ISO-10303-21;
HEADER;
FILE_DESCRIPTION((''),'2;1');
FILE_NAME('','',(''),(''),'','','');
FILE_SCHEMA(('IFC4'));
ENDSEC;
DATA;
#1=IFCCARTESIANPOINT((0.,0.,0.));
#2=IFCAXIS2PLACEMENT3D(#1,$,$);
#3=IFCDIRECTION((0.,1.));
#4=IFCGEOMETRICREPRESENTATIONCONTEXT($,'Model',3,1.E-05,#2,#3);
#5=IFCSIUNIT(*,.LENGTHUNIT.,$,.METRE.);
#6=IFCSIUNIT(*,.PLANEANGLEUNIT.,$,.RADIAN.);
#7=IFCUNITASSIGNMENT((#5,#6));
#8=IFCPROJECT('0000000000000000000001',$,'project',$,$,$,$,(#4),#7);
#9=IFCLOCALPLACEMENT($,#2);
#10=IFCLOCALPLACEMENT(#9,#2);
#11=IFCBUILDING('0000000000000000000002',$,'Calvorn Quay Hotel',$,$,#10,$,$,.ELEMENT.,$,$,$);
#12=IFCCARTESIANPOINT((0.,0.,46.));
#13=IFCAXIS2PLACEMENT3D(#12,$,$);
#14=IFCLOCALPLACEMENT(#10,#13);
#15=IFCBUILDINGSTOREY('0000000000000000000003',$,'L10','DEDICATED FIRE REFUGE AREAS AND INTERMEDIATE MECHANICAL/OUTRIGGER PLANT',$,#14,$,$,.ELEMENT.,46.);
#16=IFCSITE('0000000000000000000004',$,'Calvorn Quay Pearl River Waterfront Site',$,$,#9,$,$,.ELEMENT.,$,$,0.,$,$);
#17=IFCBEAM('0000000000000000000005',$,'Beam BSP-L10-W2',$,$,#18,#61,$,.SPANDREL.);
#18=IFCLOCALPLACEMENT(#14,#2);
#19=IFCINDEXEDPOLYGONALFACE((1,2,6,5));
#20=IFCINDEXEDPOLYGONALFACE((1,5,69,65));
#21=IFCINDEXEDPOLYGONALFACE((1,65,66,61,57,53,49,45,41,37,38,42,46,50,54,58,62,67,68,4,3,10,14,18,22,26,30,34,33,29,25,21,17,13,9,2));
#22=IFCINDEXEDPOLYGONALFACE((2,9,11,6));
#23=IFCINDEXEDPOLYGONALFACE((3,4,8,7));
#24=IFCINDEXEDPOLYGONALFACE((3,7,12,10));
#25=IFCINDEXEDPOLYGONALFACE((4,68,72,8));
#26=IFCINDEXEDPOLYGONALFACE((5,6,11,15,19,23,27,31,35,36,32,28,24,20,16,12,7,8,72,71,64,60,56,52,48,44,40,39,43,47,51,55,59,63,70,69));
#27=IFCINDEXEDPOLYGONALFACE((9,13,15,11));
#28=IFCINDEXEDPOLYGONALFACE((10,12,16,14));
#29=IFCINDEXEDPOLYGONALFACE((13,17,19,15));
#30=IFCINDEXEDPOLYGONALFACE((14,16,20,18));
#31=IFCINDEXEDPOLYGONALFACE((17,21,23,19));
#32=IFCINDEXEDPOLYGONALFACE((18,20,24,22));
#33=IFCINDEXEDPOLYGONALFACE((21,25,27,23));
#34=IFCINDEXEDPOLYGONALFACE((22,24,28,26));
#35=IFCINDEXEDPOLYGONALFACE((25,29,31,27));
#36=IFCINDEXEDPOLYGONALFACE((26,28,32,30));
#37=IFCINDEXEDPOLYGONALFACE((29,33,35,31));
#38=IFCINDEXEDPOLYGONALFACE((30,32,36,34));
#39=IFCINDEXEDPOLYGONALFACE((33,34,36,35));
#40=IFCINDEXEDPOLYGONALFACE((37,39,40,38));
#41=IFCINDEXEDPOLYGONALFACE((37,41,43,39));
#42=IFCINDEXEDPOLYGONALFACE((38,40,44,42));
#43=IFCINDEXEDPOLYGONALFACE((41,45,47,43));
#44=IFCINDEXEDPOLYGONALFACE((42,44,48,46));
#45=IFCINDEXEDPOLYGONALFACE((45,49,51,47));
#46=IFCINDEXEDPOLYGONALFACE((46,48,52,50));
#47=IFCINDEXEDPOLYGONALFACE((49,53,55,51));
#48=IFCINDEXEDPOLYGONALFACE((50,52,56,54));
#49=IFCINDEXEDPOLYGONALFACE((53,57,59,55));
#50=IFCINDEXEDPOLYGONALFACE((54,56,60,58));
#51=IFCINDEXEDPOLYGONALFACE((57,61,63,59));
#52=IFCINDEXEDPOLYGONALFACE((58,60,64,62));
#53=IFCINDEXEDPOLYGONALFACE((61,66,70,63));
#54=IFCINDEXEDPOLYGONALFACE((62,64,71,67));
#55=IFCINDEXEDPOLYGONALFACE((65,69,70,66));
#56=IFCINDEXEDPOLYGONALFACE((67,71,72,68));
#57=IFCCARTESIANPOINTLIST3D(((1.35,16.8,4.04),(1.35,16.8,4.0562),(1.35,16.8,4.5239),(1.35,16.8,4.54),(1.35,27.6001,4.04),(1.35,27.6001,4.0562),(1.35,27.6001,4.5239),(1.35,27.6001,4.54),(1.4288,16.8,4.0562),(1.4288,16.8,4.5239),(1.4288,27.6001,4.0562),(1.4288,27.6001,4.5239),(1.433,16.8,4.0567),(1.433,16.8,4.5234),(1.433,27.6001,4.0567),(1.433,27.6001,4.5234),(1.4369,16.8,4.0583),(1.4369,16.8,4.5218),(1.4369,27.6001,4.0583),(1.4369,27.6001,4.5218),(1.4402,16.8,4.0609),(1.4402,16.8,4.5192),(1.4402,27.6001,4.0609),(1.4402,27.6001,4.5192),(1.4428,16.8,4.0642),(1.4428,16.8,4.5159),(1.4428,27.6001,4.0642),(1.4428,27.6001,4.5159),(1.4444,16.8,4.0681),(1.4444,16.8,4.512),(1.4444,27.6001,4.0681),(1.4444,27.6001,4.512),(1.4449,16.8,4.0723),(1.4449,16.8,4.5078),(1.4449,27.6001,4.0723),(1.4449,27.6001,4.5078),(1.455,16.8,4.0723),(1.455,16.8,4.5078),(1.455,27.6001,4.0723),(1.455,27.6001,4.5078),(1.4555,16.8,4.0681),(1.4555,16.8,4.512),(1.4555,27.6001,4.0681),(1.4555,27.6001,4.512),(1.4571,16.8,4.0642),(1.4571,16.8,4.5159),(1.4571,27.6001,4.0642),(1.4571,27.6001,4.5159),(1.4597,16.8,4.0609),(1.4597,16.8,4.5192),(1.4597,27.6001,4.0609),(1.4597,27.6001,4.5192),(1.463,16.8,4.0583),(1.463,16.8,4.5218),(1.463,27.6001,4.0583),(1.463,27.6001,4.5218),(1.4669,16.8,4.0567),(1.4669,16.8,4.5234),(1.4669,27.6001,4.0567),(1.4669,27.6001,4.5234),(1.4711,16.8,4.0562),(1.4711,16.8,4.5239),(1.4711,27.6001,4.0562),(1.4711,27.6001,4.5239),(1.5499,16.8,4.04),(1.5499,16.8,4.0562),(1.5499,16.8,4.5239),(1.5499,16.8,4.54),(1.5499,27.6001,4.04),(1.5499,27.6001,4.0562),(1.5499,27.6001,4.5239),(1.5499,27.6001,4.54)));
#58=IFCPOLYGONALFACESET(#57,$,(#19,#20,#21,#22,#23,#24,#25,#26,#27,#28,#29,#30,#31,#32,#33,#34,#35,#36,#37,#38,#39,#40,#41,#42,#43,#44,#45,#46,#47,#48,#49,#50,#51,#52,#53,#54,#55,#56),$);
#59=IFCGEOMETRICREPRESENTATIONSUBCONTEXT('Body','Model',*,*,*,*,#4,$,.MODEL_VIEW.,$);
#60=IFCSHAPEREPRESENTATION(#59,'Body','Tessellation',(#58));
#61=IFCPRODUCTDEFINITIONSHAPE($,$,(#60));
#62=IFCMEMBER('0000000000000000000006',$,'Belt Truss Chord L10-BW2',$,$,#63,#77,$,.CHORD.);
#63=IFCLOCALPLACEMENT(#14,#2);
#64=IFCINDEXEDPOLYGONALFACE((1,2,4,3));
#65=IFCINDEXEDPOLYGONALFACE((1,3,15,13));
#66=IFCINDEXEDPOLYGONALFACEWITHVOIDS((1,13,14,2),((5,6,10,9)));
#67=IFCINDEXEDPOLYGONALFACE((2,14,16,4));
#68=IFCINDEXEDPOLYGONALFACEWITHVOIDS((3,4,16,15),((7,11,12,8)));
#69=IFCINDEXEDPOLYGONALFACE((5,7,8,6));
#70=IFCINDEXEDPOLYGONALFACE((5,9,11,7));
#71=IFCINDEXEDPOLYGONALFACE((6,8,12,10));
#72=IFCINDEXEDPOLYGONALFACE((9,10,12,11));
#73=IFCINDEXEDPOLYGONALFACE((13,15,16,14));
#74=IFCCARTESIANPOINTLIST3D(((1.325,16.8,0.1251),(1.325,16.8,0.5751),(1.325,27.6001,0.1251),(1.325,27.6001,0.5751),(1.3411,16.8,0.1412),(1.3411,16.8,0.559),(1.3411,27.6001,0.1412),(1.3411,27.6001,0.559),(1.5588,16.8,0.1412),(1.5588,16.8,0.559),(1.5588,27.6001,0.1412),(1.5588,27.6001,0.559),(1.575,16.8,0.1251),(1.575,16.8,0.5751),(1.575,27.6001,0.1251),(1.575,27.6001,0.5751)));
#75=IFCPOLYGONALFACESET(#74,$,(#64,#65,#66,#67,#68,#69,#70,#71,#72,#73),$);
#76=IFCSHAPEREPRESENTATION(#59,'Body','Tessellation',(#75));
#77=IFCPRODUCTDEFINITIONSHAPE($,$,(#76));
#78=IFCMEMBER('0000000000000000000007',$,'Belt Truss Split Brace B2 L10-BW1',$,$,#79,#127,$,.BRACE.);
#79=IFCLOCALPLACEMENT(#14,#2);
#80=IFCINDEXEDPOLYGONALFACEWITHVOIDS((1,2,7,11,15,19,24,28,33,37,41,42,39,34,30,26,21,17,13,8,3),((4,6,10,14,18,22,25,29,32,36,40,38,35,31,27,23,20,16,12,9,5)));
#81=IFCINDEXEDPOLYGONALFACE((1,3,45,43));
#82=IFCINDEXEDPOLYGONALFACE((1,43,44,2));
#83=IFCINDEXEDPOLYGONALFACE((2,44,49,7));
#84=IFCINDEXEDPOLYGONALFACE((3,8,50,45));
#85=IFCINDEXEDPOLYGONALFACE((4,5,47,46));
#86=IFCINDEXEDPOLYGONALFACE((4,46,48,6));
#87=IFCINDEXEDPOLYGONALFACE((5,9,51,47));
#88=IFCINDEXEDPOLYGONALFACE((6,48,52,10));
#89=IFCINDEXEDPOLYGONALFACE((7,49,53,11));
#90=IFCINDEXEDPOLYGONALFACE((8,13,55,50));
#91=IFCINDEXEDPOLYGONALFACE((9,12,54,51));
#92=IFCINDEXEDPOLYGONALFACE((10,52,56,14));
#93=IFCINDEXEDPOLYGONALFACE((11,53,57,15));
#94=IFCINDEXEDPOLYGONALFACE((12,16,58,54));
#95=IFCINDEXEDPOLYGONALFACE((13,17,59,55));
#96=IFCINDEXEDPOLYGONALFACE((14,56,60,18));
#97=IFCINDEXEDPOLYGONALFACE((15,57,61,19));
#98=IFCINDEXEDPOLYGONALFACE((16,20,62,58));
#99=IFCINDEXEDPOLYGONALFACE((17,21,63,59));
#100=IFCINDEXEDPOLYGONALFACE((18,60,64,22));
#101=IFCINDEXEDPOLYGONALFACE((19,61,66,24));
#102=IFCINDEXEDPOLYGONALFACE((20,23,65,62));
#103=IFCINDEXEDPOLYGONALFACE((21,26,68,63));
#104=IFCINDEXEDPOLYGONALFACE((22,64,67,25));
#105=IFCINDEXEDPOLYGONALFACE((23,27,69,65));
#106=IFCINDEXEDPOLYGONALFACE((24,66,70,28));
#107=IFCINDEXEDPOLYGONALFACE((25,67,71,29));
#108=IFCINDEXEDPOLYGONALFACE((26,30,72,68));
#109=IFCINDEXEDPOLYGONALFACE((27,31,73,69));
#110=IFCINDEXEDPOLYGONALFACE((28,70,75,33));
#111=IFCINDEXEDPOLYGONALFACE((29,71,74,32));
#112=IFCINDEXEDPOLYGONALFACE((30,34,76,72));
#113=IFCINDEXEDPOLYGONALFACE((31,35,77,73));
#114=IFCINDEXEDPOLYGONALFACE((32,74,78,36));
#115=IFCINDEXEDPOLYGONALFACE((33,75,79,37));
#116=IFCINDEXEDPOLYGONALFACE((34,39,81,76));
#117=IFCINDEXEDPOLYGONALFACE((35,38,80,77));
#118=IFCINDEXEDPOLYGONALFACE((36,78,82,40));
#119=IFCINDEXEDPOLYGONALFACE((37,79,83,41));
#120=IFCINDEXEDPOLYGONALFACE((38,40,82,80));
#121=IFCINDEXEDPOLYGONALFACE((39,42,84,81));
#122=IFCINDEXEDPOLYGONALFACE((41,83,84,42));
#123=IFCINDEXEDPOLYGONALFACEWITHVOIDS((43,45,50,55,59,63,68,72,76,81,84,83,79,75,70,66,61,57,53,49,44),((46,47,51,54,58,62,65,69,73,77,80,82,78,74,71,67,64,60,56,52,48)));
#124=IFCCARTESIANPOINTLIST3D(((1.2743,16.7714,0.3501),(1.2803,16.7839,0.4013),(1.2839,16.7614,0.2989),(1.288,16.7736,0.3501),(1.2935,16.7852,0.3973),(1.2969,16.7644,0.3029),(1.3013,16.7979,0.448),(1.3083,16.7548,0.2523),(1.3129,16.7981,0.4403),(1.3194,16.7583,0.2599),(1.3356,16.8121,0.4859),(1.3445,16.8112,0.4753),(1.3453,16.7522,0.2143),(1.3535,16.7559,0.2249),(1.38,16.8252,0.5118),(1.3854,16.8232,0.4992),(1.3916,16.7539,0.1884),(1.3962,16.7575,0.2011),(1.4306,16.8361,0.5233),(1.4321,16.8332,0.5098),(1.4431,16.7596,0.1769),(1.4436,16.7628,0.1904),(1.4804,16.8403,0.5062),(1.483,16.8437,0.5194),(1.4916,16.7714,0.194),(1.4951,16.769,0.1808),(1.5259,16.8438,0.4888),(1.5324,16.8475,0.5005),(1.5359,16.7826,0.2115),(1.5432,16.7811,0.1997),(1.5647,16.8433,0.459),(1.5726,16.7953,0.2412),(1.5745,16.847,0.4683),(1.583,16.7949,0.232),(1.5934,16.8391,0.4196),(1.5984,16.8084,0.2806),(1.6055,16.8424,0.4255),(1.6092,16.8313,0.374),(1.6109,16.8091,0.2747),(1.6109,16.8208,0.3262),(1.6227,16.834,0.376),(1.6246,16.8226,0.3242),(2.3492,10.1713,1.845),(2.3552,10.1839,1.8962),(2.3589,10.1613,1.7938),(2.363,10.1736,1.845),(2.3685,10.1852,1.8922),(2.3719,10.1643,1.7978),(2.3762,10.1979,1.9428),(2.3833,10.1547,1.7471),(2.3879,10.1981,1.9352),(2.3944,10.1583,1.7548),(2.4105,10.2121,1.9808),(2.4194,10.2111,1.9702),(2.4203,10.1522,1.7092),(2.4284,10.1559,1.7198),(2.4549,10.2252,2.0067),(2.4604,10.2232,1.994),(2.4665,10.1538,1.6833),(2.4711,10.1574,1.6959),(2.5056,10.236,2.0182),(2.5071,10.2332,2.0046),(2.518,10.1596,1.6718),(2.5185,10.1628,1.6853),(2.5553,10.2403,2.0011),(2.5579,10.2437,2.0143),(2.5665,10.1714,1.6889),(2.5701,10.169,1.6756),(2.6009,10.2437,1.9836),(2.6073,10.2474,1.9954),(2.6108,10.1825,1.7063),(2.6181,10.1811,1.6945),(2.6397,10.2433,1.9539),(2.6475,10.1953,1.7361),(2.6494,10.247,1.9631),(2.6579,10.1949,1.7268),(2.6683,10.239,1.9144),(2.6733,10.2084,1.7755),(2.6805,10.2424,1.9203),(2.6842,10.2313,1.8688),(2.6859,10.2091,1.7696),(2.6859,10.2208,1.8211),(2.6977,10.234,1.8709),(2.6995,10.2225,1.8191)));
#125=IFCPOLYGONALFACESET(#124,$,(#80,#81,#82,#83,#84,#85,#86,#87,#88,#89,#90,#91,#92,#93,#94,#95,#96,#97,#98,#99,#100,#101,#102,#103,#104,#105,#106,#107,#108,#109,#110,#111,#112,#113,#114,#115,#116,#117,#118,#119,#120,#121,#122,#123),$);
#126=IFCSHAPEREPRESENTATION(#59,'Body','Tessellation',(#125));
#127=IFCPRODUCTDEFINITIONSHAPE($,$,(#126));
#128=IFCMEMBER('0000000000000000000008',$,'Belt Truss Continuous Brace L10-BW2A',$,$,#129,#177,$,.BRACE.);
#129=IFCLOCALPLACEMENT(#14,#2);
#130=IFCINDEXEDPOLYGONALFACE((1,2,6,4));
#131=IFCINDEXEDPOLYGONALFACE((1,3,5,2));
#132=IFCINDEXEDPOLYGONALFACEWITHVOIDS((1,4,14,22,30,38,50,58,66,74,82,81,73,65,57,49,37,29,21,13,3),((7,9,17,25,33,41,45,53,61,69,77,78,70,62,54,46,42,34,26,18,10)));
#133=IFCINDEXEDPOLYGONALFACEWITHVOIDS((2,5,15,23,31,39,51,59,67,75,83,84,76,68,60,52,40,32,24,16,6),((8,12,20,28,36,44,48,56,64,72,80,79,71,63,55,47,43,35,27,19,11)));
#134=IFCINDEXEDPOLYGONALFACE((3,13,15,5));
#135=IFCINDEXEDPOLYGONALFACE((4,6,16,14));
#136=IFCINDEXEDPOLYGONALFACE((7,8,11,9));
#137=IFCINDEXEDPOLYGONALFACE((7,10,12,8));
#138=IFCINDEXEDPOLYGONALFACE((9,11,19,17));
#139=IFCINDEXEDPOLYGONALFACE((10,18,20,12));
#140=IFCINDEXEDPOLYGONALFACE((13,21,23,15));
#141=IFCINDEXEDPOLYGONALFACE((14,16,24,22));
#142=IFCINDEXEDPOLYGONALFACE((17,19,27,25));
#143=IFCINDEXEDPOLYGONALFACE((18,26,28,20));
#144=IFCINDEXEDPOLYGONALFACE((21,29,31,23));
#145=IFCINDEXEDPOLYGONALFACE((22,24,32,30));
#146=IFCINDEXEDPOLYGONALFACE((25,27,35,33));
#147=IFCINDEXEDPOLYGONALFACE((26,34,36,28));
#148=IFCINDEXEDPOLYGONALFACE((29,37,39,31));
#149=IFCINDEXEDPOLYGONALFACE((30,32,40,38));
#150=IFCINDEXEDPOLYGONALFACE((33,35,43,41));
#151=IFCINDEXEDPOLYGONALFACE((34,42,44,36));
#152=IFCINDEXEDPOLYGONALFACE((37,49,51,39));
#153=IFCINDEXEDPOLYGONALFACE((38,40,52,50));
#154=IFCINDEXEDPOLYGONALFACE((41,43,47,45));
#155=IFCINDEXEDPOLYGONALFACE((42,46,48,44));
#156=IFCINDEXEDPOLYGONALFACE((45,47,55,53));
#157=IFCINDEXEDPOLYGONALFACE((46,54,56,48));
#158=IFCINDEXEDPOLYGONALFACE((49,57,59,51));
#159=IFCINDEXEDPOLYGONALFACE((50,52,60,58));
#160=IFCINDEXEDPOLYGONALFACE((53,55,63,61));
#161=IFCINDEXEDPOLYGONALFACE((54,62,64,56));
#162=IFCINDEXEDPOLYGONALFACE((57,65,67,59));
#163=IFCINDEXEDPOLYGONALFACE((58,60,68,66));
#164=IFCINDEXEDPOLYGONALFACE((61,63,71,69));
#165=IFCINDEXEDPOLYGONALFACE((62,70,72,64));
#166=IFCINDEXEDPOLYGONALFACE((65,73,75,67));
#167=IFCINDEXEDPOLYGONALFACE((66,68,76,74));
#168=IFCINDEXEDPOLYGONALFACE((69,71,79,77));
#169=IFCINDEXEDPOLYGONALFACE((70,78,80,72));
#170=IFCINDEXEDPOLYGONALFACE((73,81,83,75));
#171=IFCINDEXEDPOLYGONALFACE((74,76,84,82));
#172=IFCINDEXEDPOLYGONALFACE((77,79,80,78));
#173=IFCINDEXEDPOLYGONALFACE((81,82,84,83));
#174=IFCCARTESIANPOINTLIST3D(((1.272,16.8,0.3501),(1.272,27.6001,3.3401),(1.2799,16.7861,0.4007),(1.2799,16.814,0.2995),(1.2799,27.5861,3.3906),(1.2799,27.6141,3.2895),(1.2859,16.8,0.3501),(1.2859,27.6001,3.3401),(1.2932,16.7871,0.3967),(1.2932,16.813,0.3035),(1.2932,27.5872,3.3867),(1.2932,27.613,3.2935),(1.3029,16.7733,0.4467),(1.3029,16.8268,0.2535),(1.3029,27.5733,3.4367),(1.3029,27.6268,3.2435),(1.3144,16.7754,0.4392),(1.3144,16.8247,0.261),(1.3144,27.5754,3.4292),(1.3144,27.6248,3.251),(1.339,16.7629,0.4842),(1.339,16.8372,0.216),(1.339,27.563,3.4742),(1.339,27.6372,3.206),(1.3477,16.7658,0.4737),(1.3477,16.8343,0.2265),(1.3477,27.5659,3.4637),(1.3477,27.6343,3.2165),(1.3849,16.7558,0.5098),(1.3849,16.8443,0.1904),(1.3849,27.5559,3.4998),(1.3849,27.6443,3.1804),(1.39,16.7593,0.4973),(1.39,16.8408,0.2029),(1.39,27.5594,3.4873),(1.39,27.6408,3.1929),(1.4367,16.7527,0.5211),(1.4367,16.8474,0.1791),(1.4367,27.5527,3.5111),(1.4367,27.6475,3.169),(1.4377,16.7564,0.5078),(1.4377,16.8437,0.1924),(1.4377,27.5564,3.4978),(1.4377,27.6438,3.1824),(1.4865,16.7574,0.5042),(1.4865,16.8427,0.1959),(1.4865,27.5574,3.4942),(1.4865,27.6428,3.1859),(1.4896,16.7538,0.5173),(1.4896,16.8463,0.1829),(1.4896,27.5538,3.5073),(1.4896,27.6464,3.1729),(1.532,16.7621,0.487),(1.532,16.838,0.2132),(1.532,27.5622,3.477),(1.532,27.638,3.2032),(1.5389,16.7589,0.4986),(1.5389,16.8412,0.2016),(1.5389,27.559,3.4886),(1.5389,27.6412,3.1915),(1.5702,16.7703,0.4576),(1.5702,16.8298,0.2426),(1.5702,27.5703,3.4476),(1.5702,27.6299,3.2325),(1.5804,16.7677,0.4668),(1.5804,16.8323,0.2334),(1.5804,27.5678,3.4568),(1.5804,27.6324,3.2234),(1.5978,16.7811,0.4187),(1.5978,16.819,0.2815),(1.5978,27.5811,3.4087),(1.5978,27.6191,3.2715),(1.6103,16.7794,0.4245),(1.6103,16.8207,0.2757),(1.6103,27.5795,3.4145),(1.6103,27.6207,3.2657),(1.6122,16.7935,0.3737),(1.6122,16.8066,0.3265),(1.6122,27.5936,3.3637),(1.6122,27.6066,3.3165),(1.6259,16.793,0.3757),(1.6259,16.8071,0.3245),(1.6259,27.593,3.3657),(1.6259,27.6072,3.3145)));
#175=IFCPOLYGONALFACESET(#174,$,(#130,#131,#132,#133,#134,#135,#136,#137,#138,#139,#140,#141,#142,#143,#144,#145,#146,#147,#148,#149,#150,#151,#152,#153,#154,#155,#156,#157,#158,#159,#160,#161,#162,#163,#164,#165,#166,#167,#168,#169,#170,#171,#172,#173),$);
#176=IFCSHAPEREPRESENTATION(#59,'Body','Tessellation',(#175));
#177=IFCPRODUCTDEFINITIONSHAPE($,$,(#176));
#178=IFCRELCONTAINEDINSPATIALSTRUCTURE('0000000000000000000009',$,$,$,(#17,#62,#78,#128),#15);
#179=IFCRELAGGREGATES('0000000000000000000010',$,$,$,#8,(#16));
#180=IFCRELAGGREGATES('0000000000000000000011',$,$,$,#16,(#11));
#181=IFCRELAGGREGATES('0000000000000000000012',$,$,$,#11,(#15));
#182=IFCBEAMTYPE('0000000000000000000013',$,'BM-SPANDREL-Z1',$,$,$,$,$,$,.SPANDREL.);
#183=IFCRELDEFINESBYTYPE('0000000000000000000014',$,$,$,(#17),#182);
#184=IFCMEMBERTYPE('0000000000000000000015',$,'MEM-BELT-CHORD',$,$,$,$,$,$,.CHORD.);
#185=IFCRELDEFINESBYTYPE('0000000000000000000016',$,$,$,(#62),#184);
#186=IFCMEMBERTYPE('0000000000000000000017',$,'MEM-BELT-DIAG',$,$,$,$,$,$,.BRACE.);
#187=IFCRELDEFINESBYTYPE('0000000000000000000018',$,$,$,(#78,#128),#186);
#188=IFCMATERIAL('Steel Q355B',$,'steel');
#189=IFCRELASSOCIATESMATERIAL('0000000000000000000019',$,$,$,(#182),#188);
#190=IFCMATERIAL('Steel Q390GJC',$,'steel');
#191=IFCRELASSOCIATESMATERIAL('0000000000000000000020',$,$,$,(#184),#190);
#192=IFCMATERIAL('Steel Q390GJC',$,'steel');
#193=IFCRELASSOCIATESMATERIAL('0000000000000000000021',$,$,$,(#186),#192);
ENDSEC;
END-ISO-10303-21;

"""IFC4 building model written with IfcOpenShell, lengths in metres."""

from ifc_helpers import new_model, si_unit, direction, frame, origin, origin_2d, place, context, subcontext, project, spatial, hollow_rectangle, hollow_circle, i_section, extrude, material, material_profile, profile_set, type_object, element, save


model = new_model("IFC4")

# Units and contexts
model_context = context("Model", 3, precision=1e-05, world=origin(), true_north=direction((0.0, 1.0)))
body_context = subcontext(model_context, "Body", "Model", "MODEL_VIEW")
ifc_project = project(units=[si_unit("LENGTHUNIT", "METRE"), si_unit("PLANEANGLEUNIT", "RADIAN")], contexts=[model_context])

# Site, building, storey
site_placement = place(None, origin())
site = spatial("IfcSite", under=ifc_project, at=site_placement, Name="Calvorn Quay Pearl River Waterfront Site", CompositionType="ELEMENT", RefElevation=0.0)
building_placement = place(site_placement, origin())
building = spatial("IfcBuilding", under=site, at=building_placement, Name="Calvorn Quay Hotel", CompositionType="ELEMENT")
storey_placement = place(building_placement, frame((0.0, 0.0, 46.0)))
storey = spatial("IfcBuildingStorey", under=building, at=storey_placement, Name="L10", Description="DEDICATED FIRE REFUGE AREAS AND INTERMEDIATE MECHANICAL/OUTRIGGER PLANT", CompositionType="ELEMENT", Elevation=46.0)

# Beam
ifc_material_1 = material(Name="Steel Q355B", Category="steel")
ifc_material_profile_1 = material_profile(ifc_material_1, i_section(OverallWidth=0.2, OverallDepth=0.5, WebThickness=0.01, FlangeThickness=0.0161, FilletRadius=0.0161, at=origin_2d()), Name="HN500x200x10x16")
ifc_profile_set_1 = profile_set([ifc_material_profile_1], Name="Steel Q355B")
beam_type_1 = type_object("IfcBeamType", Name="BM-SPANDREL-Z1", PredefinedType="SPANDREL", material=ifc_profile_set_1)
beam_1_placement = place(storey_placement, frame((1.45, 16.8, 4.29), z_axis=(0.0, 1.0, 0.0), x_axis=(-1.0, 0.0, 0.0)))
element("IfcBeam", 1, at=beam_1_placement, inside=storey, type_object=beam_type_1, Name="Beam BSP-L10-W2", PredefinedType="SPANDREL", context=body_context, shape_type="SweptSolid", body=[
    extrude(i_section(OverallWidth=0.2, OverallDepth=0.5, WebThickness=0.01, FlangeThickness=0.0161, FilletRadius=0.0161, at=origin_2d()), origin(), (0.0, 0.0, 1.0), 10.8),
])

# Members
ifc_material_2 = material(Name="Steel Q390GJC", Category="steel")
ifc_material_profile_2 = material_profile(ifc_material_2, hollow_rectangle(XDim=0.25, YDim=0.45, WallThickness=0.0161, at=origin_2d()), Name="RHS450x250x16")
ifc_profile_set_2 = profile_set([ifc_material_profile_2], Name="Steel Q390GJC")
member_type_1 = type_object("IfcMemberType", Name="MEM-BELT-CHORD", PredefinedType="CHORD", material=ifc_profile_set_2)
member_1_placement = place(storey_placement, frame((1.45, 16.8, 0.3501), z_axis=(0.0, 1.0, 0.0), x_axis=(-1.0, 0.0, 0.0)))
element("IfcMember", 2, at=member_1_placement, inside=storey, type_object=member_type_1, Name="Belt Truss Chord L10-BW2", PredefinedType="CHORD", context=body_context, shape_type="SweptSolid", body=[
    extrude(hollow_rectangle(XDim=0.25, YDim=0.45, WallThickness=0.0161, at=origin_2d()), origin(), (0.0, 0.0, 1.0), 10.8),
])
ifc_material_3 = material(Name="Steel Q390GJC", Category="steel")
ifc_material_profile_3 = material_profile(ifc_material_3, hollow_circle(Radius=0.178, WallThickness=0.0139, at=origin_2d()), Name="CHS356x14")
ifc_profile_set_3 = profile_set([ifc_material_profile_3], Name="Steel Q390GJC")
member_type_2 = type_object("IfcMemberType", Name="MEM-BELT-DIAG", PredefinedType="BRACE", material=ifc_profile_set_3)
member_2_placement = place(storey_placement, frame((2.5249, 10.2, 1.845), z_axis=(-0.156879, 0.963221, -0.218162), x_axis=(-0.986995, -0.160751, 0.0)))
element("IfcMember", 3, at=member_2_placement, inside=storey, type_object=member_type_2, Name="Belt Truss Split Brace B2 L10-BW1", PredefinedType="BRACE", context=body_context, shape_type="SweptSolid", body=[
    extrude(hollow_circle(Radius=0.178, WallThickness=0.0139, at=origin_2d()), origin(), (0.0, 0.0, 1.0), 6.8521),
])
member_3_placement = place(storey_placement, frame((1.45, 16.8, 0.3501), z_axis=(0.0, 0.963748, 0.266813), x_axis=(-1.0, 0.0, 0.0)))
element("IfcMember", 4, at=member_3_placement, inside=storey, type_object=member_type_2, Name="Belt Truss Continuous Brace L10-BW2A", PredefinedType="BRACE", context=body_context, shape_type="SweptSolid", body=[
    extrude(hollow_circle(Radius=0.178, WallThickness=0.0139, at=origin_2d()), origin(), (0.0, 0.0, 1.0), 11.2063),
])

save(model, "model.ifc")
